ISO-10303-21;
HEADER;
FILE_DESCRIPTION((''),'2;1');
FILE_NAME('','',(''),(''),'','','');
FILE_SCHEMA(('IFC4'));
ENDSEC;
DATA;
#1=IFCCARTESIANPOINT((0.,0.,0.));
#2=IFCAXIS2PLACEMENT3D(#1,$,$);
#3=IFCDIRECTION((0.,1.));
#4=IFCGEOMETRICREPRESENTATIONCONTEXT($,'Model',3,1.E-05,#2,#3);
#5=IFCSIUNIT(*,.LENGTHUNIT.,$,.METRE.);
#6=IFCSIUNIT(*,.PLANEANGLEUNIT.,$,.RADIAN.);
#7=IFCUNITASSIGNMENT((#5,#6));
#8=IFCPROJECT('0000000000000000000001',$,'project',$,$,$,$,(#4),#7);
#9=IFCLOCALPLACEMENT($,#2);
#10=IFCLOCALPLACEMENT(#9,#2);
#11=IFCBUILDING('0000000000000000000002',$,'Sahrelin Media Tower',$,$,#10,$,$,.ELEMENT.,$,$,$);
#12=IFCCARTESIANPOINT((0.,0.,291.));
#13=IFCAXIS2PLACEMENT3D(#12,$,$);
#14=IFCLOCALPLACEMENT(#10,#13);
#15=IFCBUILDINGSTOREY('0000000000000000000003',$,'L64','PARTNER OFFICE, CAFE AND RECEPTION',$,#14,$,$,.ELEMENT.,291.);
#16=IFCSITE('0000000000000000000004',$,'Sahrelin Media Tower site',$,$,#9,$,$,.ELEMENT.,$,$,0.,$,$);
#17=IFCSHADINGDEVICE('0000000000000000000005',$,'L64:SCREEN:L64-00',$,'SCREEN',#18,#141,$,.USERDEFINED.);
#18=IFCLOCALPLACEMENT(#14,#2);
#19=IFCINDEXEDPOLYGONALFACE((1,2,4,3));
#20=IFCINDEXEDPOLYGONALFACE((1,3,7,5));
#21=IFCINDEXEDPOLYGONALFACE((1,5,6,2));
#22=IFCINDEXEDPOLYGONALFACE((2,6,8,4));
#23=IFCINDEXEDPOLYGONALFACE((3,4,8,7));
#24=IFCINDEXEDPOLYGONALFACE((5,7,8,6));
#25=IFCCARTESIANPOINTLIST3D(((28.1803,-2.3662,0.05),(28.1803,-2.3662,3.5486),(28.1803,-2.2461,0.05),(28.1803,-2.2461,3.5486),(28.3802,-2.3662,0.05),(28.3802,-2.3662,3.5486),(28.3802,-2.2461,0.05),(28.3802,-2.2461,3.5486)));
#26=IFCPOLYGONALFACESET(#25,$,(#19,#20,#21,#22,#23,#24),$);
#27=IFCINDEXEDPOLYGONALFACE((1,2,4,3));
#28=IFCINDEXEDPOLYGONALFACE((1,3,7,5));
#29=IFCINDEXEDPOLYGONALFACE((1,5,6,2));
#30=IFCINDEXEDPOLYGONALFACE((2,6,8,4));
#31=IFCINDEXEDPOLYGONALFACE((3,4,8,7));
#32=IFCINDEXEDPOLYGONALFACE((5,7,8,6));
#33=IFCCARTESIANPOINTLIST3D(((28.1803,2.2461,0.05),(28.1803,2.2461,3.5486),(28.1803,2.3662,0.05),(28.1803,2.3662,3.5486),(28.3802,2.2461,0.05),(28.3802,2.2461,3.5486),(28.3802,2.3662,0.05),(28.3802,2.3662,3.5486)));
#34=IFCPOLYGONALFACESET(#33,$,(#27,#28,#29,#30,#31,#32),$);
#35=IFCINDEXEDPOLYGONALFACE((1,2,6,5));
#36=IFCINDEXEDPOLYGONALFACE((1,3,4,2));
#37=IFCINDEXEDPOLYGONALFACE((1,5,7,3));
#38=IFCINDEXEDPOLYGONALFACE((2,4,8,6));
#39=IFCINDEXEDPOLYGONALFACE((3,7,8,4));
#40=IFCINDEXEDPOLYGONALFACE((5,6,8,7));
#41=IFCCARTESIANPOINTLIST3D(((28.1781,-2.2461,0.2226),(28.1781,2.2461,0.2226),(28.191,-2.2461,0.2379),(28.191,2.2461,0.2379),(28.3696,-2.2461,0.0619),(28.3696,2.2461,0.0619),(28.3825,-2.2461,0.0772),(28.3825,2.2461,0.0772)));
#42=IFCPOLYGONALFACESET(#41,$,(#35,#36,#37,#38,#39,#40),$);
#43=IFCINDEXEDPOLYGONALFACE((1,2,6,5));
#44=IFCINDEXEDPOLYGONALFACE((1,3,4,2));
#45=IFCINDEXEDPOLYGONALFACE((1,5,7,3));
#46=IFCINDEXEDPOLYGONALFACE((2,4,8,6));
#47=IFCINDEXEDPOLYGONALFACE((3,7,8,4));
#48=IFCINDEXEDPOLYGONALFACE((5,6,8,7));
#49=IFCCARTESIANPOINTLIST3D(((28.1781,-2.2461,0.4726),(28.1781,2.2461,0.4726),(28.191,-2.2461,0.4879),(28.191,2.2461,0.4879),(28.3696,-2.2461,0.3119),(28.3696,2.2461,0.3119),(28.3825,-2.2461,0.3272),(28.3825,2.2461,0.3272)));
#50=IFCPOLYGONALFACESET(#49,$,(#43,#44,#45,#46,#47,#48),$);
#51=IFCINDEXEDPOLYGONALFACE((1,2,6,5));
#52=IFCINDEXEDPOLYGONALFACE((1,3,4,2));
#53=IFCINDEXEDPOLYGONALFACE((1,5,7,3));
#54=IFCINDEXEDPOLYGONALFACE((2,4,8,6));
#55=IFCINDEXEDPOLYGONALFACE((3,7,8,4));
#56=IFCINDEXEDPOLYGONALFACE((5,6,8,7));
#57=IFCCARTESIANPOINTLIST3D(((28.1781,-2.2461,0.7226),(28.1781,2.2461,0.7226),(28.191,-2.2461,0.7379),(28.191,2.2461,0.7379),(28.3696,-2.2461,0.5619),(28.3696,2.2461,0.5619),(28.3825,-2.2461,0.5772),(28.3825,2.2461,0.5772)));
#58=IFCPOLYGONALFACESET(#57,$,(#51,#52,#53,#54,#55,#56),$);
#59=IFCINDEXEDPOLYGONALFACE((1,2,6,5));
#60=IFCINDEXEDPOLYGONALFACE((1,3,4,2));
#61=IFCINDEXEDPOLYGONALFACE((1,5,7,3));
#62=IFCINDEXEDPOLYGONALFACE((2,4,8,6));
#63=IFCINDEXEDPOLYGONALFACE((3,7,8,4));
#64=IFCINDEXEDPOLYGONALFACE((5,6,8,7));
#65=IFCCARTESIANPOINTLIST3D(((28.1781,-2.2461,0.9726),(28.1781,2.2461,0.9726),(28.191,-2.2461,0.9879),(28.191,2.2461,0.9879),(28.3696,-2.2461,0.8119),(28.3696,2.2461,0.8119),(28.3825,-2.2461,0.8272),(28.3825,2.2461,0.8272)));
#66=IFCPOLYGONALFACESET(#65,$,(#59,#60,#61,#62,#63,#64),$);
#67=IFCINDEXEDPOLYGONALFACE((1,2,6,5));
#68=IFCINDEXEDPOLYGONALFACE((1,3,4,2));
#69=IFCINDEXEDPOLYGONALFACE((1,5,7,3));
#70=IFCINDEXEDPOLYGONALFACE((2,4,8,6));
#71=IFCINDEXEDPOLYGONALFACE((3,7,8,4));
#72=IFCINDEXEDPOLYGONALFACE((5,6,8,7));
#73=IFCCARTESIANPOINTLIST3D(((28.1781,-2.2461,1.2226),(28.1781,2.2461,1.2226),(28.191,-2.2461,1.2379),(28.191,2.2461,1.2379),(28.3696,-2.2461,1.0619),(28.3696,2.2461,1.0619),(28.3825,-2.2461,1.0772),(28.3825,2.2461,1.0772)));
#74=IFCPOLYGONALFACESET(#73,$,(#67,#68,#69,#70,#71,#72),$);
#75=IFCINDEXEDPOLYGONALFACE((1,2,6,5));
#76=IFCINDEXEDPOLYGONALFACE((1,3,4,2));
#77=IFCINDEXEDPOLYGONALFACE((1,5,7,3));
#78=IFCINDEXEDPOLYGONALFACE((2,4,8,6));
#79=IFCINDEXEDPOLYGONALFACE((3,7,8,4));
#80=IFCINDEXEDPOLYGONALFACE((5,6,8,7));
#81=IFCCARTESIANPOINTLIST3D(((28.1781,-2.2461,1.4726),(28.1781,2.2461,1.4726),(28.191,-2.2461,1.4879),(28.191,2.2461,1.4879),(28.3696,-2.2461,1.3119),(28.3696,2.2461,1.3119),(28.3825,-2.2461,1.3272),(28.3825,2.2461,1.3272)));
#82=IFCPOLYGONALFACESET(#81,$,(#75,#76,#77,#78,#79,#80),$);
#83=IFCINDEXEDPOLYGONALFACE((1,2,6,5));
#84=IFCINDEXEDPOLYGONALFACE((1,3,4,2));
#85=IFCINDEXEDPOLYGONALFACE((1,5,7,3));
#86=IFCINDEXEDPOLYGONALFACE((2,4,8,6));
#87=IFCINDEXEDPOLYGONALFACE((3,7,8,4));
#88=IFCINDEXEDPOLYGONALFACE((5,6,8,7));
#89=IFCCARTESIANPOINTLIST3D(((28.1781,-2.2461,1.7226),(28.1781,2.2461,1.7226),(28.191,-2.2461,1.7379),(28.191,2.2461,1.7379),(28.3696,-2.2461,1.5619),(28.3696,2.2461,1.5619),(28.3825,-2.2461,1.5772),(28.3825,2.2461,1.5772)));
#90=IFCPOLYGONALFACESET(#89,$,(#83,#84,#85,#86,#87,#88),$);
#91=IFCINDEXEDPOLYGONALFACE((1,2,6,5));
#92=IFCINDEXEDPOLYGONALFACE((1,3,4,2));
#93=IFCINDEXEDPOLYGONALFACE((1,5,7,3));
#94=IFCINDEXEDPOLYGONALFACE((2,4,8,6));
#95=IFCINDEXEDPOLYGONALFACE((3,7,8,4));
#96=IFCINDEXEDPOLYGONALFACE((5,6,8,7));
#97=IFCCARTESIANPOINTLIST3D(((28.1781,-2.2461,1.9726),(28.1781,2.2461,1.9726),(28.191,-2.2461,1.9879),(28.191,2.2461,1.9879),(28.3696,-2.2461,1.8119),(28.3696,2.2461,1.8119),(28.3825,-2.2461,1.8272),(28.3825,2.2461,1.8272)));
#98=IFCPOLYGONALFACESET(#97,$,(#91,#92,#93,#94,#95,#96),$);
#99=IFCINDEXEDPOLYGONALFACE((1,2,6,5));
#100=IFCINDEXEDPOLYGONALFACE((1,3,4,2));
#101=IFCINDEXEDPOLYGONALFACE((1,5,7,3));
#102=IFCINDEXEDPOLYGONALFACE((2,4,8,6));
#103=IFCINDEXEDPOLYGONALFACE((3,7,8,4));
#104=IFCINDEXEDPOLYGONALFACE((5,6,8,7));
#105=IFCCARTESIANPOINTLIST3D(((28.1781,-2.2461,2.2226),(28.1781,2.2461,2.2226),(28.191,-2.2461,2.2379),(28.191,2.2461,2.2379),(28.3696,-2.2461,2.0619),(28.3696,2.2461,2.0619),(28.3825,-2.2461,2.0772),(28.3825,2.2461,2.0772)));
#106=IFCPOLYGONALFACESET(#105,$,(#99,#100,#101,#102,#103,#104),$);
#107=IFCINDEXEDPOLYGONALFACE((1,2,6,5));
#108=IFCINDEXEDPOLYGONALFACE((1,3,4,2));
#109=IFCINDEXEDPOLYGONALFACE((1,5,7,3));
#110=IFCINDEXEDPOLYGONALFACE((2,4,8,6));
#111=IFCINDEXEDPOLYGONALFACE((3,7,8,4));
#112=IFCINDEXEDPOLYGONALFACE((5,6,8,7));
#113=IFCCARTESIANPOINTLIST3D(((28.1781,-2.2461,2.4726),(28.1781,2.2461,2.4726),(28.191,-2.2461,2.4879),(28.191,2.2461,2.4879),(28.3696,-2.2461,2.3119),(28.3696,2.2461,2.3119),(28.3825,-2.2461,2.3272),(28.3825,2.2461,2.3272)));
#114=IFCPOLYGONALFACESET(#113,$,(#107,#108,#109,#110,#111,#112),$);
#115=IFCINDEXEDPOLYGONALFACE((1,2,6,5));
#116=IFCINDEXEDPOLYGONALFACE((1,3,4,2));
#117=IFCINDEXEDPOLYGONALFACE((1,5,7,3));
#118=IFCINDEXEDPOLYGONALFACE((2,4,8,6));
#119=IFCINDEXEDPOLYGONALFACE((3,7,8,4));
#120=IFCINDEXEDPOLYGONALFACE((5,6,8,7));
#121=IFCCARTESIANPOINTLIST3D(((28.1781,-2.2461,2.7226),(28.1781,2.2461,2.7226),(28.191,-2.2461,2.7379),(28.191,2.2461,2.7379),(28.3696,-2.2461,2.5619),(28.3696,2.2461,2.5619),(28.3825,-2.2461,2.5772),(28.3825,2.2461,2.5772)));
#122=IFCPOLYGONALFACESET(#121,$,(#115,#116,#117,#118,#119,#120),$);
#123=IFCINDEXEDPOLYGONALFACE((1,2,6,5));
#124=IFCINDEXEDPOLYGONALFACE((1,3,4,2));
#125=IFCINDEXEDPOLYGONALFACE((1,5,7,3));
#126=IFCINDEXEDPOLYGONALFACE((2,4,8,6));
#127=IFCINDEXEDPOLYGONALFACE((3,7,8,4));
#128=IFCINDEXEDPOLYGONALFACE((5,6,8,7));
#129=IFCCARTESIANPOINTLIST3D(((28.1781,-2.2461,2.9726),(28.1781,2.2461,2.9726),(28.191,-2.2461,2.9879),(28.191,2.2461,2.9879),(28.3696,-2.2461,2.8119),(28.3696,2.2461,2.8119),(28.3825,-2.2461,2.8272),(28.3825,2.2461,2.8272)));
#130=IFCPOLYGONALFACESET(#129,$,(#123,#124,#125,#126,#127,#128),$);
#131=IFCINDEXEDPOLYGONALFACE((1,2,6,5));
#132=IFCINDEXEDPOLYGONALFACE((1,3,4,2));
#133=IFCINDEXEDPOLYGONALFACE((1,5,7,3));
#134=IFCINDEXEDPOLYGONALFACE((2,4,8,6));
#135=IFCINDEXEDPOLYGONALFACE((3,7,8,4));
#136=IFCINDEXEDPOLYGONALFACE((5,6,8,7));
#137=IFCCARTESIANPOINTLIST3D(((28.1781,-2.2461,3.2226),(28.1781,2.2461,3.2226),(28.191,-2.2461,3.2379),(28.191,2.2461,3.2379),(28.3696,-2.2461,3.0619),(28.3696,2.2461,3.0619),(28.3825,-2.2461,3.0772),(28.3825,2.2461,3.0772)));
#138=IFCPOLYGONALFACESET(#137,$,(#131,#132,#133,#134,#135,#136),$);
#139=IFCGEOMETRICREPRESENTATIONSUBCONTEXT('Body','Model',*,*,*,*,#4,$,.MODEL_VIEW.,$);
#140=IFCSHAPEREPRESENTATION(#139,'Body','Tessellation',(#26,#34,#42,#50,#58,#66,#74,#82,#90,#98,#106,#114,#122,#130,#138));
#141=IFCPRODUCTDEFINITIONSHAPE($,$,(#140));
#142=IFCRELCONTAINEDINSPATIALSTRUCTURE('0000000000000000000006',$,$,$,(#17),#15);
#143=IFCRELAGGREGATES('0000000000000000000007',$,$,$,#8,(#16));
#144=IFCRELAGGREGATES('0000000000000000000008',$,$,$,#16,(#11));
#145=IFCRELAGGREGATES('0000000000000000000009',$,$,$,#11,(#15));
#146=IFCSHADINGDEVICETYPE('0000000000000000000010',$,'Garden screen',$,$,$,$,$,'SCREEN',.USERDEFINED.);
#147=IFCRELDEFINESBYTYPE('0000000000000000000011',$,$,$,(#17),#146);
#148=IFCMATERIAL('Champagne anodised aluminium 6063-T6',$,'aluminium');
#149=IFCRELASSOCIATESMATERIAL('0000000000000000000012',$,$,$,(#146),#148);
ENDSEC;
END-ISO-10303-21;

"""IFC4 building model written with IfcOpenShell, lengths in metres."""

from ifc_helpers import new_model, si_unit, direction, frame, origin, origin_2d, place, context, subcontext, project, spatial, rectangle, extrude, material, type_object, element, save


model = new_model("IFC4")

# Units and contexts
model_context = context("Model", 3, precision=1e-05, world=origin(), true_north=direction((0.0, 1.0)))
body_context = subcontext(model_context, "Body", "Model", "MODEL_VIEW")
ifc_project = project(units=[si_unit("LENGTHUNIT", "METRE"), si_unit("PLANEANGLEUNIT", "RADIAN")], contexts=[model_context])

# Site, building, storey
site_placement = place(None, origin())
site = spatial("IfcSite", under=ifc_project, at=site_placement, Name="Sahrelin Media Tower site", CompositionType="ELEMENT", RefElevation=0.0)
building_placement = place(site_placement, origin())
building = spatial("IfcBuilding", under=site, at=building_placement, Name="Sahrelin Media Tower", CompositionType="ELEMENT")
storey_placement = place(building_placement, frame((0.0, 0.0, 291.0)))
storey = spatial("IfcBuildingStorey", under=building, at=storey_placement, Name="L64", Description="PARTNER OFFICE, CAFE AND RECEPTION", CompositionType="ELEMENT", Elevation=291.0)

# Shared definitions
ifc_material_1 = material(Name="Champagne anodised aluminium 6063-T6", Category="aluminium")

# Shading device
shading_device_type_1 = type_object("IfcShadingDeviceType", Name="Garden screen", ElementType="SCREEN", PredefinedType="USERDEFINED", material=ifc_material_1)
shading_device_1_placement = place(storey_placement, frame((28.1802, 0.0, 0.0), z_axis=(0.0, 0.0, 1.0), x_axis=(0.0, -1.0, 0.0)))
element("IfcShadingDevice", 1, at=shading_device_1_placement, inside=storey, type_object=shading_device_type_1, Name="L64:SCREEN:L64-00", ObjectType="SCREEN", PredefinedType="USERDEFINED", context=body_context, shape_type="SweptSolid", body=[
    extrude(rectangle(XDim=0.1201, YDim=0.2, at=origin_2d()), frame((2.3062, 0.1001, 0.05), z_axis=(0.0, 0.0, 1.0), x_axis=(1.0, 0.0, 0.0)), (0.0, 0.0, 1.0), 3.4985),
    extrude(rectangle(XDim=0.1201, YDim=0.2, at=origin_2d()), frame((-2.3062, 0.1001, 0.05), z_axis=(0.0, 0.0, 1.0), x_axis=(1.0, 0.0, 0.0)), (0.0, 0.0, 1.0), 3.4985),
    extrude(rectangle(XDim=0.25, YDim=0.02, at=origin_2d()), frame((2.2461, 0.1001, 0.1499), z_axis=(-1.0, 0.0, 0.0), x_axis=(0.0, -0.766044, 0.642788)), (0.0, 0.0, 1.0), 4.4922),
    extrude(rectangle(XDim=0.25, YDim=0.02, at=origin_2d()), frame((2.2461, 0.1001, 0.3999), z_axis=(-1.0, 0.0, 0.0), x_axis=(0.0, -0.766044, 0.642788)), (0.0, 0.0, 1.0), 4.4922),
    extrude(rectangle(XDim=0.25, YDim=0.02, at=origin_2d()), frame((2.2461, 0.1001, 0.6499), z_axis=(-1.0, 0.0, 0.0), x_axis=(0.0, -0.766044, 0.642788)), (0.0, 0.0, 1.0), 4.4922),
    extrude(rectangle(XDim=0.25, YDim=0.02, at=origin_2d()), frame((2.2461, 0.1001, 0.8999), z_axis=(-1.0, 0.0, 0.0), x_axis=(0.0, -0.766044, 0.642788)), (0.0, 0.0, 1.0), 4.4922),
    extrude(rectangle(XDim=0.25, YDim=0.02, at=origin_2d()), frame((2.2461, 0.1001, 1.1499), z_axis=(-1.0, 0.0, 0.0), x_axis=(0.0, -0.766044, 0.642788)), (0.0, 0.0, 1.0), 4.4922),
    extrude(rectangle(XDim=0.25, YDim=0.02, at=origin_2d()), frame((2.2461, 0.1001, 1.3999), z_axis=(-1.0, 0.0, 0.0), x_axis=(0.0, -0.766044, 0.642788)), (0.0, 0.0, 1.0), 4.4922),
    extrude(rectangle(XDim=0.25, YDim=0.02, at=origin_2d()), frame((2.2461, 0.1001, 1.6499), z_axis=(-1.0, 0.0, 0.0), x_axis=(0.0, -0.766044, 0.642788)), (0.0, 0.0, 1.0), 4.4922),
    extrude(rectangle(XDim=0.25, YDim=0.02, at=origin_2d()), frame((2.2461, 0.1001, 1.8999), z_axis=(-1.0, 0.0, 0.0), x_axis=(0.0, -0.766044, 0.642788)), (0.0, 0.0, 1.0), 4.4922),
    extrude(rectangle(XDim=0.25, YDim=0.02, at=origin_2d()), frame((2.2461, 0.1001, 2.1499), z_axis=(-1.0, 0.0, 0.0), x_axis=(0.0, -0.766044, 0.642788)), (0.0, 0.0, 1.0), 4.4922),
    extrude(rectangle(XDim=0.25, YDim=0.02, at=origin_2d()), frame((2.2461, 0.1001, 2.3999), z_axis=(-1.0, 0.0, 0.0), x_axis=(0.0, -0.766044, 0.642788)), (0.0, 0.0, 1.0), 4.4922),
    extrude(rectangle(XDim=0.25, YDim=0.02, at=origin_2d()), frame((2.2461, 0.1001, 2.6499), z_axis=(-1.0, 0.0, 0.0), x_axis=(0.0, -0.766044, 0.642788)), (0.0, 0.0, 1.0), 4.4922),
    extrude(rectangle(XDim=0.25, YDim=0.02, at=origin_2d()), frame((2.2461, 0.1001, 2.8999), z_axis=(-1.0, 0.0, 0.0), x_axis=(0.0, -0.766044, 0.642788)), (0.0, 0.0, 1.0), 4.4922),
    extrude(rectangle(XDim=0.25, YDim=0.02, at=origin_2d()), frame((2.2461, 0.1001, 3.1499), z_axis=(-1.0, 0.0, 0.0), x_axis=(0.0, -0.766044, 0.642788)), (0.0, 0.0, 1.0), 4.4922),
])

save(model, "model.ifc")
